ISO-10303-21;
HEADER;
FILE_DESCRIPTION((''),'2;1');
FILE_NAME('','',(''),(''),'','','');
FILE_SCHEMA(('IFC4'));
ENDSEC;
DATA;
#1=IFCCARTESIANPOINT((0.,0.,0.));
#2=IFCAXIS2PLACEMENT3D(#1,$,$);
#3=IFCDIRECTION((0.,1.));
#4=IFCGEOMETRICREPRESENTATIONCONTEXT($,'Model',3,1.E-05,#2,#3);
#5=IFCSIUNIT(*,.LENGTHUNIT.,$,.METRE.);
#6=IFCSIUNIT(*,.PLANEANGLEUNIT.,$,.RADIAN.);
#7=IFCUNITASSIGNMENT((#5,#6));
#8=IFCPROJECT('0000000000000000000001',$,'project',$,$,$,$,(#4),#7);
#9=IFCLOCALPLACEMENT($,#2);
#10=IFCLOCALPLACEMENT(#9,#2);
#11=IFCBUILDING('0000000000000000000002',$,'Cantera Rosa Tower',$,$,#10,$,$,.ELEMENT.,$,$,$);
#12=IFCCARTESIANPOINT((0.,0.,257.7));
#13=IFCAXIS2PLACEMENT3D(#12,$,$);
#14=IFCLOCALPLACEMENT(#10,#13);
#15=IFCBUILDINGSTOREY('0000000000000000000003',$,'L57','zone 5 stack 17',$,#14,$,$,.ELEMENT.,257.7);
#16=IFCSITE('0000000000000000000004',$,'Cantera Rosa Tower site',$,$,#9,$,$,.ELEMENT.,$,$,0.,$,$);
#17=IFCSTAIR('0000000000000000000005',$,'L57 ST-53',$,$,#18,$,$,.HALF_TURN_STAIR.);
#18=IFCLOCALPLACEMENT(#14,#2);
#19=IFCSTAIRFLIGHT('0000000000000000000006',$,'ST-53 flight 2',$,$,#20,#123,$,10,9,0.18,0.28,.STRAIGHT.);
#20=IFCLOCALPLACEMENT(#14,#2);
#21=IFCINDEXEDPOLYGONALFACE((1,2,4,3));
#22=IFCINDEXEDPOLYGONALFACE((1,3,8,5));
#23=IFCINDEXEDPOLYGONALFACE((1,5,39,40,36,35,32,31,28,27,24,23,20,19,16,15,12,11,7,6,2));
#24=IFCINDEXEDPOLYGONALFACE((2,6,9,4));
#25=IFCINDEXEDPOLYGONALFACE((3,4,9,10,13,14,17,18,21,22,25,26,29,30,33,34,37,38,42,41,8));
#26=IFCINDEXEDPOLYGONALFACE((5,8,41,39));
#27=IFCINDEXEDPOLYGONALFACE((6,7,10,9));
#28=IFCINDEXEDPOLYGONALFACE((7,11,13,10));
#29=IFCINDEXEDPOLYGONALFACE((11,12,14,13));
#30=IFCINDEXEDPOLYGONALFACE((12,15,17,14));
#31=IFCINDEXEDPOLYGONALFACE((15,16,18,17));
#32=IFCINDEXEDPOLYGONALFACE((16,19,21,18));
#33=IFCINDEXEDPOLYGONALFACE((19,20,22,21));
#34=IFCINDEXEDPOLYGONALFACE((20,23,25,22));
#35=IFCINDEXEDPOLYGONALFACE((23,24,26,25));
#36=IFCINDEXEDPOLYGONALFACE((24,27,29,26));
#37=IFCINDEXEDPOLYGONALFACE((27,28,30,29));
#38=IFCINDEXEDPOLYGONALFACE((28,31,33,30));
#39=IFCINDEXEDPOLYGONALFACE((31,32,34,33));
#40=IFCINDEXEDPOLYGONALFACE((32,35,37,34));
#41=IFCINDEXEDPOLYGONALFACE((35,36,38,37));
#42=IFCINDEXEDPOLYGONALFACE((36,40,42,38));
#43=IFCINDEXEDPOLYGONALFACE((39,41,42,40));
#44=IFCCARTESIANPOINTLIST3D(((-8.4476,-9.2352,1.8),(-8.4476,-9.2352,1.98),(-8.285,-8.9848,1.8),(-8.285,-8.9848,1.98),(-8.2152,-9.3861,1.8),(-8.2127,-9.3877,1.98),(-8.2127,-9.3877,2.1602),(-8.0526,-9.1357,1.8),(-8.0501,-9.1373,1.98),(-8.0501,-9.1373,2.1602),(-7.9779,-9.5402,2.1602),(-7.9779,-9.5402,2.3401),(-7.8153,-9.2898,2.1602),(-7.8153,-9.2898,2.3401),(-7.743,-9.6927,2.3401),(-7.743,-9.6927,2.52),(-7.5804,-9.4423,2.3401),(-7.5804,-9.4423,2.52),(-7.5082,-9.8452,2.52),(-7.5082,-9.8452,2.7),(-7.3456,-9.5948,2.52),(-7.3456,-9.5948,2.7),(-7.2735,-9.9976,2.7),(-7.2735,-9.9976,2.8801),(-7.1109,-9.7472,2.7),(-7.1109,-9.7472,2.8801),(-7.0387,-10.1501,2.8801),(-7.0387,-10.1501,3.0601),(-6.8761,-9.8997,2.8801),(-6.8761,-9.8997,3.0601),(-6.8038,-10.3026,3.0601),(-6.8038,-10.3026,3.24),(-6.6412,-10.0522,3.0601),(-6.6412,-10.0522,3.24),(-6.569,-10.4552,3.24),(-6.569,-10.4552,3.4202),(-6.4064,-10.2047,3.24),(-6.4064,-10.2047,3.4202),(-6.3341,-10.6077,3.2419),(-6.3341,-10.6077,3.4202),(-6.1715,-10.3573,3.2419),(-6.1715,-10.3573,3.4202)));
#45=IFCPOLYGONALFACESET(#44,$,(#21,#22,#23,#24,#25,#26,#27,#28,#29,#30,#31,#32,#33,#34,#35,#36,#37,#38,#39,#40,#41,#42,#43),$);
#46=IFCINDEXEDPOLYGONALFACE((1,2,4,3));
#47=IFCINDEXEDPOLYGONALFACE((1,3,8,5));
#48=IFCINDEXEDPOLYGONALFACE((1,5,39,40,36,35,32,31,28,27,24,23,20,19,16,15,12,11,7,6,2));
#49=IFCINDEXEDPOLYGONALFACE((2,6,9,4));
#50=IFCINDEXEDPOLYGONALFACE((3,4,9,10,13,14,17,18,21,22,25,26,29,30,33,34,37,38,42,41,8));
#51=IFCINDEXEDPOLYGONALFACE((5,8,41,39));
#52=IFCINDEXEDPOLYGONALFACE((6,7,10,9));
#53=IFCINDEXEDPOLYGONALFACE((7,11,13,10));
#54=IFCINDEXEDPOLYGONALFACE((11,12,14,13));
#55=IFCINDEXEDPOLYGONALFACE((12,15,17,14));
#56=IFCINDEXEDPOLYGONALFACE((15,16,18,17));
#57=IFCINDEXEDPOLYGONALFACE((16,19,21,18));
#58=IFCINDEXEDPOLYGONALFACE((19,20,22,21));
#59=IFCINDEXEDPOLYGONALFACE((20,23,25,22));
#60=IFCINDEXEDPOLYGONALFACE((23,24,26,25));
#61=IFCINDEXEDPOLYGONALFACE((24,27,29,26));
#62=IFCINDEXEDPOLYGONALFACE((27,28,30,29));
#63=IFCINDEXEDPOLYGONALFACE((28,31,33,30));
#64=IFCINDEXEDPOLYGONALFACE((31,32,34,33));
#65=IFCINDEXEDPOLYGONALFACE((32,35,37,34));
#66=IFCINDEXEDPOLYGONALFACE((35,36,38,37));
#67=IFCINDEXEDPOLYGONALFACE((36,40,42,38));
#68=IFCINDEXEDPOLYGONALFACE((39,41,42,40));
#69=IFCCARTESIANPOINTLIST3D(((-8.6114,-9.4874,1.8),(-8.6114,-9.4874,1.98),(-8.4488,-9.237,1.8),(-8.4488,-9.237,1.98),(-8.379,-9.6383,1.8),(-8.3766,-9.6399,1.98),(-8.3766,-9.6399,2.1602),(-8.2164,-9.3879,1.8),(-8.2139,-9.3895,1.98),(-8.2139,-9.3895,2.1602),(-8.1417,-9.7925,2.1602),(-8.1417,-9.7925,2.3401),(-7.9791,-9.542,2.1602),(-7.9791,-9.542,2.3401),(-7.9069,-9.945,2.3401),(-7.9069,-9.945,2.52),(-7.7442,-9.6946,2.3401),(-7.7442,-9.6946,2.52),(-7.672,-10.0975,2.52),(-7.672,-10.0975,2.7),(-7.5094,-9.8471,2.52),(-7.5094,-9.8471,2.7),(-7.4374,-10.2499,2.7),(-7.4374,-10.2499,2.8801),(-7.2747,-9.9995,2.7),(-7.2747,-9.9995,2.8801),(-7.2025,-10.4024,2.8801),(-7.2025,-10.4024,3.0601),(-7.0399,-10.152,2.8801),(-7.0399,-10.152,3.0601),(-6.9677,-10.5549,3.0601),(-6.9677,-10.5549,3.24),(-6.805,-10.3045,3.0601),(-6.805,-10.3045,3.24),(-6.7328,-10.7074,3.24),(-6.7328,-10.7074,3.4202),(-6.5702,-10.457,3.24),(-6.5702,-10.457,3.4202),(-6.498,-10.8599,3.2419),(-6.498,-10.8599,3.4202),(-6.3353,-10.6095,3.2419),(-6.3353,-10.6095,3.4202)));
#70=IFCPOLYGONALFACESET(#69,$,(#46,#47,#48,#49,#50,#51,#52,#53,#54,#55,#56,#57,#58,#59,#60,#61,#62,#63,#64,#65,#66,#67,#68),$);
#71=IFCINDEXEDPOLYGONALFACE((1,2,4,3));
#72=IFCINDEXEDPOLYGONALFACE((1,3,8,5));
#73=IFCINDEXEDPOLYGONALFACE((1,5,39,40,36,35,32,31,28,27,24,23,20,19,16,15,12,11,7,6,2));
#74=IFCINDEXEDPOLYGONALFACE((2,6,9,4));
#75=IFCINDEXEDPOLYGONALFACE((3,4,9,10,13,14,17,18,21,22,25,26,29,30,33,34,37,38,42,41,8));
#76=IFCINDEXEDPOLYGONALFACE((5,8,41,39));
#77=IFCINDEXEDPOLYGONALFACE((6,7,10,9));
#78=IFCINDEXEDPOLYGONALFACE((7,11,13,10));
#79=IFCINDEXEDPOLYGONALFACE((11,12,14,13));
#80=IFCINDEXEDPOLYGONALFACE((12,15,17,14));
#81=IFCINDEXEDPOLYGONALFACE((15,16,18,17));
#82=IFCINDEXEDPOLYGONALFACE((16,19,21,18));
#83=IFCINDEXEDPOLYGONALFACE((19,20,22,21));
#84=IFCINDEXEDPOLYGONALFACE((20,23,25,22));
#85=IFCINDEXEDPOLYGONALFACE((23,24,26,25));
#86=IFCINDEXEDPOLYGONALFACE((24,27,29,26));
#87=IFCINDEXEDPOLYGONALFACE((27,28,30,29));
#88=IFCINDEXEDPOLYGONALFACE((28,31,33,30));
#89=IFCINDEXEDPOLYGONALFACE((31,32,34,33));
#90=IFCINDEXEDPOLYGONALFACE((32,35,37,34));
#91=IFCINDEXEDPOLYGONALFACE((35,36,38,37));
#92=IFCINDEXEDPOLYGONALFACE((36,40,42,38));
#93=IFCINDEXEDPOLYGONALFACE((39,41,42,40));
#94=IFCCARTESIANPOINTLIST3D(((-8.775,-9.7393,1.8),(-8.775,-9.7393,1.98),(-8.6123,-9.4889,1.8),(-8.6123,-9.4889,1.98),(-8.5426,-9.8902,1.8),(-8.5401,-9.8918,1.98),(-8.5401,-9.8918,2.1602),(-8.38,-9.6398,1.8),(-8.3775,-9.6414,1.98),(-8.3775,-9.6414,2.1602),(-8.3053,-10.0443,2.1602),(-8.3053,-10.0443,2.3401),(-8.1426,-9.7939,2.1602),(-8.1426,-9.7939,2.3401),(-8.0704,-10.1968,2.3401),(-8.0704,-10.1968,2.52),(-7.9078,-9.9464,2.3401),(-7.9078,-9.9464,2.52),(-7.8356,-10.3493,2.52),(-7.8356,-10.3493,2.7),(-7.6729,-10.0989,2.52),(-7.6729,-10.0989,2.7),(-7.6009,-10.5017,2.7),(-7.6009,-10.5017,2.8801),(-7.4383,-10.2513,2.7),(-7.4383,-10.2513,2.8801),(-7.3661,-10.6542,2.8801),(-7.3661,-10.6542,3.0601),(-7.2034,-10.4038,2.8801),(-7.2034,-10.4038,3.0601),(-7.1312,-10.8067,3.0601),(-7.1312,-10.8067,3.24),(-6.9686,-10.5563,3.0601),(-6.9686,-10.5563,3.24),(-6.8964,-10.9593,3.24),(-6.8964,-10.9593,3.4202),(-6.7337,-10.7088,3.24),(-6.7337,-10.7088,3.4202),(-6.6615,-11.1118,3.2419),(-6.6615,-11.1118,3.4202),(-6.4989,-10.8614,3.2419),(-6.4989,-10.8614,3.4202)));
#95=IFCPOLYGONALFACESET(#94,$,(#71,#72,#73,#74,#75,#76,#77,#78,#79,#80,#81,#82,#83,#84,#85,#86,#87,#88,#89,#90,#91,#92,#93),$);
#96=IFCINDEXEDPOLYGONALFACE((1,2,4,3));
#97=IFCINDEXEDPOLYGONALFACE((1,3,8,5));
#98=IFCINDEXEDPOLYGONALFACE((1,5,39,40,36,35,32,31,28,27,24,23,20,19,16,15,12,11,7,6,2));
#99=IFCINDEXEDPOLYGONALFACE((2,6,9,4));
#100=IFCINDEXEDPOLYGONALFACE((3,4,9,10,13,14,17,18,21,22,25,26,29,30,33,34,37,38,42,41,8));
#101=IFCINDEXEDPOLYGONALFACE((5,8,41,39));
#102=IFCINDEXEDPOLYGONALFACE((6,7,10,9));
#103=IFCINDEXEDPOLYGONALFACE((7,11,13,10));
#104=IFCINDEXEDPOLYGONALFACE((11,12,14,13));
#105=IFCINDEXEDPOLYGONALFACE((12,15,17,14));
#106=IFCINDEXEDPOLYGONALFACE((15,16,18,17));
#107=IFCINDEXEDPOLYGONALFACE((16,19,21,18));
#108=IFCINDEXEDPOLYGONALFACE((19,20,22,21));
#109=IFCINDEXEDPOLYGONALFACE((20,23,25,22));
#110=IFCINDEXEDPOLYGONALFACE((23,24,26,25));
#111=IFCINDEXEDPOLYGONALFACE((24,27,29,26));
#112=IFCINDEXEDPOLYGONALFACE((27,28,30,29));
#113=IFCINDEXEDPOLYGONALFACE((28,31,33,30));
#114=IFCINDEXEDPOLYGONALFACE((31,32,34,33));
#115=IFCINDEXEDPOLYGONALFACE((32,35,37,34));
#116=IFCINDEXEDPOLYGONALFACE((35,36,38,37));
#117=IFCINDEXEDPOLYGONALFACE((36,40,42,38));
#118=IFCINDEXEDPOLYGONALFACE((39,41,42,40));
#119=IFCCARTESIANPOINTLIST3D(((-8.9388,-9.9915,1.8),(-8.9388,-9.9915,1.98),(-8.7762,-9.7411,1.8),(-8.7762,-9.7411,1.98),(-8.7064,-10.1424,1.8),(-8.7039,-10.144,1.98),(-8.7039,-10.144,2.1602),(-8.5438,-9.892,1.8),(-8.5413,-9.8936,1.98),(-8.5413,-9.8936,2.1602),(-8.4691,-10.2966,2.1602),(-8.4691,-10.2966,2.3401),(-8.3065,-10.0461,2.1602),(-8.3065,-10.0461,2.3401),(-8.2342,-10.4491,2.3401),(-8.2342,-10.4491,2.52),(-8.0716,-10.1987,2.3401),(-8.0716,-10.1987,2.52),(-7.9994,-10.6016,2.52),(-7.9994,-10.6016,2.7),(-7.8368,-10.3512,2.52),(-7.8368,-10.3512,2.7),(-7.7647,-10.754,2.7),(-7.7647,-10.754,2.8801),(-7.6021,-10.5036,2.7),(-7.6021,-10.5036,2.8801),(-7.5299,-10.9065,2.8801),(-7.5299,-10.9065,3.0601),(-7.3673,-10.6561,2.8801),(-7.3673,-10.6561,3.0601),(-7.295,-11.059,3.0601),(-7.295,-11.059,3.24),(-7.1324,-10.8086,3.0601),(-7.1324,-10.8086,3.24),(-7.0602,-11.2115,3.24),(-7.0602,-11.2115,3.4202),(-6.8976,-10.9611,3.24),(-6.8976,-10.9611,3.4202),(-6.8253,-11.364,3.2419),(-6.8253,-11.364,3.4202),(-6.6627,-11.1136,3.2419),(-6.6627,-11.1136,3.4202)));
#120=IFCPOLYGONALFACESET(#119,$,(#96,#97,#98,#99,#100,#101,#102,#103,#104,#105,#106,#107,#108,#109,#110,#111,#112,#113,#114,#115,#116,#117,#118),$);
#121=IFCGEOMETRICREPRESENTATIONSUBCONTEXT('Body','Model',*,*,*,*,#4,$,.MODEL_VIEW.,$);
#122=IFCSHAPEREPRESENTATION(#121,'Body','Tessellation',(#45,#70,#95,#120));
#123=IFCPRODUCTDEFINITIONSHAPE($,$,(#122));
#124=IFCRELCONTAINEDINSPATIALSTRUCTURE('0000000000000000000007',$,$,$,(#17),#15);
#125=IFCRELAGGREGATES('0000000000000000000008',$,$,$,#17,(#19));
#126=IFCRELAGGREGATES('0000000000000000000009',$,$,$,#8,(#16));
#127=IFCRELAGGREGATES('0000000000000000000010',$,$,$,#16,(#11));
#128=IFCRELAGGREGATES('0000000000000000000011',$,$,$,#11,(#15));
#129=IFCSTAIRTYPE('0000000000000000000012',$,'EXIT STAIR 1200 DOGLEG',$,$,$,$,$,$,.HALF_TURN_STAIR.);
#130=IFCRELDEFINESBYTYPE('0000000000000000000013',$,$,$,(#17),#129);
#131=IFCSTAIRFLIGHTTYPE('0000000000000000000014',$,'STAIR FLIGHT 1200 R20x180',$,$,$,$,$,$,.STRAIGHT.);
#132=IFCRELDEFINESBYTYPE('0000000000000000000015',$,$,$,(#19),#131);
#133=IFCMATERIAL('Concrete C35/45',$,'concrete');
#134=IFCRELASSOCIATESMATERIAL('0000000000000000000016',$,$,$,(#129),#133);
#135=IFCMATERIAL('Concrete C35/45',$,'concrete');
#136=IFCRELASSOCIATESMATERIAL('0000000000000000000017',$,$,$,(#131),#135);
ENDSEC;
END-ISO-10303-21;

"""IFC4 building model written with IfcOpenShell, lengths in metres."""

from ifc_helpers import new_model, si_unit, direction, frame, origin, place, context, subcontext, project, spatial, polyline, outline, extrude, material, type_object, element, aggregate, save


model = new_model("IFC4")

# Units and contexts
model_context = context("Model", 3, precision=1e-05, world=origin(), true_north=direction((0.0, 1.0)))
body_context = subcontext(model_context, "Body", "Model", "MODEL_VIEW")
ifc_project = project(units=[si_unit("LENGTHUNIT", "METRE"), si_unit("PLANEANGLEUNIT", "RADIAN")], contexts=[model_context])

# Site, building, storey
site_placement = place(None, origin())
site = spatial("IfcSite", under=ifc_project, at=site_placement, Name="Cantera Rosa Tower site", CompositionType="ELEMENT", RefElevation=0.0)
building_placement = place(site_placement, origin())
building = spatial("IfcBuilding", under=site, at=building_placement, Name="Cantera Rosa Tower", CompositionType="ELEMENT")
storey_placement = place(building_placement, frame((0.0, 0.0, 257.7)))
storey = spatial("IfcBuildingStorey", under=building, at=storey_placement, Name="L57", Description="zone 5 stack 17", CompositionType="ELEMENT", Elevation=257.7)

# Stair, stair flight
ifc_material_1 = material(Name="Concrete C35/45", Category="concrete")
stair_type = type_object("IfcStairType", Name="EXIT STAIR 1200 DOGLEG", PredefinedType="HALF_TURN_STAIR", material=ifc_material_1)
stair_placement = place(storey_placement, origin())
stair = element("IfcStair", 1, at=stair_placement, inside=storey, type_object=stair_type, Name="L57 ST-53", PredefinedType="HALF_TURN_STAIR")
ifc_material_2 = material(Name="Concrete C35/45", Category="concrete")
stair_flight_type = type_object("IfcStairFlightType", Name="STAIR FLIGHT 1200 R20x180", PredefinedType="STRAIGHT", material=ifc_material_2)
stair_flight_1_placement = place(storey_placement, frame((-8.6118, -9.488, 1.8), z_axis=(0.0, 0.0, 1.0), x_axis=(0.838671, -0.544639, 0.0)))
stair_flight_1 = element("IfcStairFlight", 2, at=stair_flight_1_placement, type_object=stair_flight_type, Name="ST-53 flight 2", NumberOfRisers=10, NumberOfTreads=9, PredefinedType="STRAIGHT", RiserHeight=0.18, TreadLength=0.28, context=body_context, shape_type="SweptSolid", body=[
    extrude(outline(polyline([(0.0, 0.0), (0.0, 0.1799), (0.28, 0.1799), (0.28, 0.3601), (0.5601, 0.3601), (0.5601, 0.54), (0.8401, 0.54), (0.8401, 0.72), (1.1201, 0.72), (1.1201, 0.8999), (1.3999, 0.8999), (1.3999, 1.0801), (1.6799, 1.0801), (1.6799, 1.26), (1.96, 1.26), (1.96, 1.4399), (2.24, 1.4399), (2.24, 1.6201), (2.52, 1.6201), (2.52, 1.8), (2.52, 1.4419), (0.2771, 0.0), (0.0, 0.0)])), frame((0.0, 0.6001, 0.0), z_axis=(0.0, -1.0, 0.0), x_axis=(1.0, 0.0, 0.0)), (0.0, 0.0, 1.0), 0.2986),
    extrude(outline(polyline([(0.0, 0.0), (0.0, 0.1799), (0.28, 0.1799), (0.28, 0.3601), (0.5601, 0.3601), (0.5601, 0.54), (0.8401, 0.54), (0.8401, 0.72), (1.1201, 0.72), (1.1201, 0.8999), (1.3999, 0.8999), (1.3999, 1.0801), (1.6799, 1.0801), (1.6799, 1.26), (1.96, 1.26), (1.96, 1.4399), (2.24, 1.4399), (2.24, 1.6201), (2.52, 1.6201), (2.52, 1.8), (2.52, 1.4419), (0.2771, 0.0), (0.0, 0.0)])), frame((0.0, 0.2993, 0.0), z_axis=(0.0, -1.0, 0.0), x_axis=(1.0, 0.0, 0.0)), (0.0, 0.0, 1.0), 0.2986),
    extrude(outline(polyline([(0.0, 0.0), (0.0, 0.1799), (0.28, 0.1799), (0.28, 0.3601), (0.5601, 0.3601), (0.5601, 0.54), (0.8401, 0.54), (0.8401, 0.72), (1.1201, 0.72), (1.1201, 0.8999), (1.3999, 0.8999), (1.3999, 1.0801), (1.6799, 1.0801), (1.6799, 1.26), (1.96, 1.26), (1.96, 1.4399), (2.24, 1.4399), (2.24, 1.6201), (2.52, 1.6201), (2.52, 1.8), (2.52, 1.4419), (0.2771, 0.0), (0.0, 0.0)])), frame((0.0, -0.001, 0.0), z_axis=(0.0, -1.0, 0.0), x_axis=(1.0, 0.0, 0.0)), (0.0, 0.0, 1.0), 0.2986),
    extrude(outline(polyline([(0.0, 0.0), (0.0, 0.1799), (0.28, 0.1799), (0.28, 0.3601), (0.5601, 0.3601), (0.5601, 0.54), (0.8401, 0.54), (0.8401, 0.72), (1.1201, 0.72), (1.1201, 0.8999), (1.3999, 0.8999), (1.3999, 1.0801), (1.6799, 1.0801), (1.6799, 1.26), (1.96, 1.26), (1.96, 1.4399), (2.24, 1.4399), (2.24, 1.6201), (2.52, 1.6201), (2.52, 1.8), (2.52, 1.4419), (0.2771, 0.0), (0.0, 0.0)])), frame((0.0, -0.3018, 0.0), z_axis=(0.0, -1.0, 0.0), x_axis=(1.0, 0.0, 0.0)), (0.0, 0.0, 1.0), 0.2986),
])
aggregate(stair, [stair_flight_1])

save(model, "model.ifc")
